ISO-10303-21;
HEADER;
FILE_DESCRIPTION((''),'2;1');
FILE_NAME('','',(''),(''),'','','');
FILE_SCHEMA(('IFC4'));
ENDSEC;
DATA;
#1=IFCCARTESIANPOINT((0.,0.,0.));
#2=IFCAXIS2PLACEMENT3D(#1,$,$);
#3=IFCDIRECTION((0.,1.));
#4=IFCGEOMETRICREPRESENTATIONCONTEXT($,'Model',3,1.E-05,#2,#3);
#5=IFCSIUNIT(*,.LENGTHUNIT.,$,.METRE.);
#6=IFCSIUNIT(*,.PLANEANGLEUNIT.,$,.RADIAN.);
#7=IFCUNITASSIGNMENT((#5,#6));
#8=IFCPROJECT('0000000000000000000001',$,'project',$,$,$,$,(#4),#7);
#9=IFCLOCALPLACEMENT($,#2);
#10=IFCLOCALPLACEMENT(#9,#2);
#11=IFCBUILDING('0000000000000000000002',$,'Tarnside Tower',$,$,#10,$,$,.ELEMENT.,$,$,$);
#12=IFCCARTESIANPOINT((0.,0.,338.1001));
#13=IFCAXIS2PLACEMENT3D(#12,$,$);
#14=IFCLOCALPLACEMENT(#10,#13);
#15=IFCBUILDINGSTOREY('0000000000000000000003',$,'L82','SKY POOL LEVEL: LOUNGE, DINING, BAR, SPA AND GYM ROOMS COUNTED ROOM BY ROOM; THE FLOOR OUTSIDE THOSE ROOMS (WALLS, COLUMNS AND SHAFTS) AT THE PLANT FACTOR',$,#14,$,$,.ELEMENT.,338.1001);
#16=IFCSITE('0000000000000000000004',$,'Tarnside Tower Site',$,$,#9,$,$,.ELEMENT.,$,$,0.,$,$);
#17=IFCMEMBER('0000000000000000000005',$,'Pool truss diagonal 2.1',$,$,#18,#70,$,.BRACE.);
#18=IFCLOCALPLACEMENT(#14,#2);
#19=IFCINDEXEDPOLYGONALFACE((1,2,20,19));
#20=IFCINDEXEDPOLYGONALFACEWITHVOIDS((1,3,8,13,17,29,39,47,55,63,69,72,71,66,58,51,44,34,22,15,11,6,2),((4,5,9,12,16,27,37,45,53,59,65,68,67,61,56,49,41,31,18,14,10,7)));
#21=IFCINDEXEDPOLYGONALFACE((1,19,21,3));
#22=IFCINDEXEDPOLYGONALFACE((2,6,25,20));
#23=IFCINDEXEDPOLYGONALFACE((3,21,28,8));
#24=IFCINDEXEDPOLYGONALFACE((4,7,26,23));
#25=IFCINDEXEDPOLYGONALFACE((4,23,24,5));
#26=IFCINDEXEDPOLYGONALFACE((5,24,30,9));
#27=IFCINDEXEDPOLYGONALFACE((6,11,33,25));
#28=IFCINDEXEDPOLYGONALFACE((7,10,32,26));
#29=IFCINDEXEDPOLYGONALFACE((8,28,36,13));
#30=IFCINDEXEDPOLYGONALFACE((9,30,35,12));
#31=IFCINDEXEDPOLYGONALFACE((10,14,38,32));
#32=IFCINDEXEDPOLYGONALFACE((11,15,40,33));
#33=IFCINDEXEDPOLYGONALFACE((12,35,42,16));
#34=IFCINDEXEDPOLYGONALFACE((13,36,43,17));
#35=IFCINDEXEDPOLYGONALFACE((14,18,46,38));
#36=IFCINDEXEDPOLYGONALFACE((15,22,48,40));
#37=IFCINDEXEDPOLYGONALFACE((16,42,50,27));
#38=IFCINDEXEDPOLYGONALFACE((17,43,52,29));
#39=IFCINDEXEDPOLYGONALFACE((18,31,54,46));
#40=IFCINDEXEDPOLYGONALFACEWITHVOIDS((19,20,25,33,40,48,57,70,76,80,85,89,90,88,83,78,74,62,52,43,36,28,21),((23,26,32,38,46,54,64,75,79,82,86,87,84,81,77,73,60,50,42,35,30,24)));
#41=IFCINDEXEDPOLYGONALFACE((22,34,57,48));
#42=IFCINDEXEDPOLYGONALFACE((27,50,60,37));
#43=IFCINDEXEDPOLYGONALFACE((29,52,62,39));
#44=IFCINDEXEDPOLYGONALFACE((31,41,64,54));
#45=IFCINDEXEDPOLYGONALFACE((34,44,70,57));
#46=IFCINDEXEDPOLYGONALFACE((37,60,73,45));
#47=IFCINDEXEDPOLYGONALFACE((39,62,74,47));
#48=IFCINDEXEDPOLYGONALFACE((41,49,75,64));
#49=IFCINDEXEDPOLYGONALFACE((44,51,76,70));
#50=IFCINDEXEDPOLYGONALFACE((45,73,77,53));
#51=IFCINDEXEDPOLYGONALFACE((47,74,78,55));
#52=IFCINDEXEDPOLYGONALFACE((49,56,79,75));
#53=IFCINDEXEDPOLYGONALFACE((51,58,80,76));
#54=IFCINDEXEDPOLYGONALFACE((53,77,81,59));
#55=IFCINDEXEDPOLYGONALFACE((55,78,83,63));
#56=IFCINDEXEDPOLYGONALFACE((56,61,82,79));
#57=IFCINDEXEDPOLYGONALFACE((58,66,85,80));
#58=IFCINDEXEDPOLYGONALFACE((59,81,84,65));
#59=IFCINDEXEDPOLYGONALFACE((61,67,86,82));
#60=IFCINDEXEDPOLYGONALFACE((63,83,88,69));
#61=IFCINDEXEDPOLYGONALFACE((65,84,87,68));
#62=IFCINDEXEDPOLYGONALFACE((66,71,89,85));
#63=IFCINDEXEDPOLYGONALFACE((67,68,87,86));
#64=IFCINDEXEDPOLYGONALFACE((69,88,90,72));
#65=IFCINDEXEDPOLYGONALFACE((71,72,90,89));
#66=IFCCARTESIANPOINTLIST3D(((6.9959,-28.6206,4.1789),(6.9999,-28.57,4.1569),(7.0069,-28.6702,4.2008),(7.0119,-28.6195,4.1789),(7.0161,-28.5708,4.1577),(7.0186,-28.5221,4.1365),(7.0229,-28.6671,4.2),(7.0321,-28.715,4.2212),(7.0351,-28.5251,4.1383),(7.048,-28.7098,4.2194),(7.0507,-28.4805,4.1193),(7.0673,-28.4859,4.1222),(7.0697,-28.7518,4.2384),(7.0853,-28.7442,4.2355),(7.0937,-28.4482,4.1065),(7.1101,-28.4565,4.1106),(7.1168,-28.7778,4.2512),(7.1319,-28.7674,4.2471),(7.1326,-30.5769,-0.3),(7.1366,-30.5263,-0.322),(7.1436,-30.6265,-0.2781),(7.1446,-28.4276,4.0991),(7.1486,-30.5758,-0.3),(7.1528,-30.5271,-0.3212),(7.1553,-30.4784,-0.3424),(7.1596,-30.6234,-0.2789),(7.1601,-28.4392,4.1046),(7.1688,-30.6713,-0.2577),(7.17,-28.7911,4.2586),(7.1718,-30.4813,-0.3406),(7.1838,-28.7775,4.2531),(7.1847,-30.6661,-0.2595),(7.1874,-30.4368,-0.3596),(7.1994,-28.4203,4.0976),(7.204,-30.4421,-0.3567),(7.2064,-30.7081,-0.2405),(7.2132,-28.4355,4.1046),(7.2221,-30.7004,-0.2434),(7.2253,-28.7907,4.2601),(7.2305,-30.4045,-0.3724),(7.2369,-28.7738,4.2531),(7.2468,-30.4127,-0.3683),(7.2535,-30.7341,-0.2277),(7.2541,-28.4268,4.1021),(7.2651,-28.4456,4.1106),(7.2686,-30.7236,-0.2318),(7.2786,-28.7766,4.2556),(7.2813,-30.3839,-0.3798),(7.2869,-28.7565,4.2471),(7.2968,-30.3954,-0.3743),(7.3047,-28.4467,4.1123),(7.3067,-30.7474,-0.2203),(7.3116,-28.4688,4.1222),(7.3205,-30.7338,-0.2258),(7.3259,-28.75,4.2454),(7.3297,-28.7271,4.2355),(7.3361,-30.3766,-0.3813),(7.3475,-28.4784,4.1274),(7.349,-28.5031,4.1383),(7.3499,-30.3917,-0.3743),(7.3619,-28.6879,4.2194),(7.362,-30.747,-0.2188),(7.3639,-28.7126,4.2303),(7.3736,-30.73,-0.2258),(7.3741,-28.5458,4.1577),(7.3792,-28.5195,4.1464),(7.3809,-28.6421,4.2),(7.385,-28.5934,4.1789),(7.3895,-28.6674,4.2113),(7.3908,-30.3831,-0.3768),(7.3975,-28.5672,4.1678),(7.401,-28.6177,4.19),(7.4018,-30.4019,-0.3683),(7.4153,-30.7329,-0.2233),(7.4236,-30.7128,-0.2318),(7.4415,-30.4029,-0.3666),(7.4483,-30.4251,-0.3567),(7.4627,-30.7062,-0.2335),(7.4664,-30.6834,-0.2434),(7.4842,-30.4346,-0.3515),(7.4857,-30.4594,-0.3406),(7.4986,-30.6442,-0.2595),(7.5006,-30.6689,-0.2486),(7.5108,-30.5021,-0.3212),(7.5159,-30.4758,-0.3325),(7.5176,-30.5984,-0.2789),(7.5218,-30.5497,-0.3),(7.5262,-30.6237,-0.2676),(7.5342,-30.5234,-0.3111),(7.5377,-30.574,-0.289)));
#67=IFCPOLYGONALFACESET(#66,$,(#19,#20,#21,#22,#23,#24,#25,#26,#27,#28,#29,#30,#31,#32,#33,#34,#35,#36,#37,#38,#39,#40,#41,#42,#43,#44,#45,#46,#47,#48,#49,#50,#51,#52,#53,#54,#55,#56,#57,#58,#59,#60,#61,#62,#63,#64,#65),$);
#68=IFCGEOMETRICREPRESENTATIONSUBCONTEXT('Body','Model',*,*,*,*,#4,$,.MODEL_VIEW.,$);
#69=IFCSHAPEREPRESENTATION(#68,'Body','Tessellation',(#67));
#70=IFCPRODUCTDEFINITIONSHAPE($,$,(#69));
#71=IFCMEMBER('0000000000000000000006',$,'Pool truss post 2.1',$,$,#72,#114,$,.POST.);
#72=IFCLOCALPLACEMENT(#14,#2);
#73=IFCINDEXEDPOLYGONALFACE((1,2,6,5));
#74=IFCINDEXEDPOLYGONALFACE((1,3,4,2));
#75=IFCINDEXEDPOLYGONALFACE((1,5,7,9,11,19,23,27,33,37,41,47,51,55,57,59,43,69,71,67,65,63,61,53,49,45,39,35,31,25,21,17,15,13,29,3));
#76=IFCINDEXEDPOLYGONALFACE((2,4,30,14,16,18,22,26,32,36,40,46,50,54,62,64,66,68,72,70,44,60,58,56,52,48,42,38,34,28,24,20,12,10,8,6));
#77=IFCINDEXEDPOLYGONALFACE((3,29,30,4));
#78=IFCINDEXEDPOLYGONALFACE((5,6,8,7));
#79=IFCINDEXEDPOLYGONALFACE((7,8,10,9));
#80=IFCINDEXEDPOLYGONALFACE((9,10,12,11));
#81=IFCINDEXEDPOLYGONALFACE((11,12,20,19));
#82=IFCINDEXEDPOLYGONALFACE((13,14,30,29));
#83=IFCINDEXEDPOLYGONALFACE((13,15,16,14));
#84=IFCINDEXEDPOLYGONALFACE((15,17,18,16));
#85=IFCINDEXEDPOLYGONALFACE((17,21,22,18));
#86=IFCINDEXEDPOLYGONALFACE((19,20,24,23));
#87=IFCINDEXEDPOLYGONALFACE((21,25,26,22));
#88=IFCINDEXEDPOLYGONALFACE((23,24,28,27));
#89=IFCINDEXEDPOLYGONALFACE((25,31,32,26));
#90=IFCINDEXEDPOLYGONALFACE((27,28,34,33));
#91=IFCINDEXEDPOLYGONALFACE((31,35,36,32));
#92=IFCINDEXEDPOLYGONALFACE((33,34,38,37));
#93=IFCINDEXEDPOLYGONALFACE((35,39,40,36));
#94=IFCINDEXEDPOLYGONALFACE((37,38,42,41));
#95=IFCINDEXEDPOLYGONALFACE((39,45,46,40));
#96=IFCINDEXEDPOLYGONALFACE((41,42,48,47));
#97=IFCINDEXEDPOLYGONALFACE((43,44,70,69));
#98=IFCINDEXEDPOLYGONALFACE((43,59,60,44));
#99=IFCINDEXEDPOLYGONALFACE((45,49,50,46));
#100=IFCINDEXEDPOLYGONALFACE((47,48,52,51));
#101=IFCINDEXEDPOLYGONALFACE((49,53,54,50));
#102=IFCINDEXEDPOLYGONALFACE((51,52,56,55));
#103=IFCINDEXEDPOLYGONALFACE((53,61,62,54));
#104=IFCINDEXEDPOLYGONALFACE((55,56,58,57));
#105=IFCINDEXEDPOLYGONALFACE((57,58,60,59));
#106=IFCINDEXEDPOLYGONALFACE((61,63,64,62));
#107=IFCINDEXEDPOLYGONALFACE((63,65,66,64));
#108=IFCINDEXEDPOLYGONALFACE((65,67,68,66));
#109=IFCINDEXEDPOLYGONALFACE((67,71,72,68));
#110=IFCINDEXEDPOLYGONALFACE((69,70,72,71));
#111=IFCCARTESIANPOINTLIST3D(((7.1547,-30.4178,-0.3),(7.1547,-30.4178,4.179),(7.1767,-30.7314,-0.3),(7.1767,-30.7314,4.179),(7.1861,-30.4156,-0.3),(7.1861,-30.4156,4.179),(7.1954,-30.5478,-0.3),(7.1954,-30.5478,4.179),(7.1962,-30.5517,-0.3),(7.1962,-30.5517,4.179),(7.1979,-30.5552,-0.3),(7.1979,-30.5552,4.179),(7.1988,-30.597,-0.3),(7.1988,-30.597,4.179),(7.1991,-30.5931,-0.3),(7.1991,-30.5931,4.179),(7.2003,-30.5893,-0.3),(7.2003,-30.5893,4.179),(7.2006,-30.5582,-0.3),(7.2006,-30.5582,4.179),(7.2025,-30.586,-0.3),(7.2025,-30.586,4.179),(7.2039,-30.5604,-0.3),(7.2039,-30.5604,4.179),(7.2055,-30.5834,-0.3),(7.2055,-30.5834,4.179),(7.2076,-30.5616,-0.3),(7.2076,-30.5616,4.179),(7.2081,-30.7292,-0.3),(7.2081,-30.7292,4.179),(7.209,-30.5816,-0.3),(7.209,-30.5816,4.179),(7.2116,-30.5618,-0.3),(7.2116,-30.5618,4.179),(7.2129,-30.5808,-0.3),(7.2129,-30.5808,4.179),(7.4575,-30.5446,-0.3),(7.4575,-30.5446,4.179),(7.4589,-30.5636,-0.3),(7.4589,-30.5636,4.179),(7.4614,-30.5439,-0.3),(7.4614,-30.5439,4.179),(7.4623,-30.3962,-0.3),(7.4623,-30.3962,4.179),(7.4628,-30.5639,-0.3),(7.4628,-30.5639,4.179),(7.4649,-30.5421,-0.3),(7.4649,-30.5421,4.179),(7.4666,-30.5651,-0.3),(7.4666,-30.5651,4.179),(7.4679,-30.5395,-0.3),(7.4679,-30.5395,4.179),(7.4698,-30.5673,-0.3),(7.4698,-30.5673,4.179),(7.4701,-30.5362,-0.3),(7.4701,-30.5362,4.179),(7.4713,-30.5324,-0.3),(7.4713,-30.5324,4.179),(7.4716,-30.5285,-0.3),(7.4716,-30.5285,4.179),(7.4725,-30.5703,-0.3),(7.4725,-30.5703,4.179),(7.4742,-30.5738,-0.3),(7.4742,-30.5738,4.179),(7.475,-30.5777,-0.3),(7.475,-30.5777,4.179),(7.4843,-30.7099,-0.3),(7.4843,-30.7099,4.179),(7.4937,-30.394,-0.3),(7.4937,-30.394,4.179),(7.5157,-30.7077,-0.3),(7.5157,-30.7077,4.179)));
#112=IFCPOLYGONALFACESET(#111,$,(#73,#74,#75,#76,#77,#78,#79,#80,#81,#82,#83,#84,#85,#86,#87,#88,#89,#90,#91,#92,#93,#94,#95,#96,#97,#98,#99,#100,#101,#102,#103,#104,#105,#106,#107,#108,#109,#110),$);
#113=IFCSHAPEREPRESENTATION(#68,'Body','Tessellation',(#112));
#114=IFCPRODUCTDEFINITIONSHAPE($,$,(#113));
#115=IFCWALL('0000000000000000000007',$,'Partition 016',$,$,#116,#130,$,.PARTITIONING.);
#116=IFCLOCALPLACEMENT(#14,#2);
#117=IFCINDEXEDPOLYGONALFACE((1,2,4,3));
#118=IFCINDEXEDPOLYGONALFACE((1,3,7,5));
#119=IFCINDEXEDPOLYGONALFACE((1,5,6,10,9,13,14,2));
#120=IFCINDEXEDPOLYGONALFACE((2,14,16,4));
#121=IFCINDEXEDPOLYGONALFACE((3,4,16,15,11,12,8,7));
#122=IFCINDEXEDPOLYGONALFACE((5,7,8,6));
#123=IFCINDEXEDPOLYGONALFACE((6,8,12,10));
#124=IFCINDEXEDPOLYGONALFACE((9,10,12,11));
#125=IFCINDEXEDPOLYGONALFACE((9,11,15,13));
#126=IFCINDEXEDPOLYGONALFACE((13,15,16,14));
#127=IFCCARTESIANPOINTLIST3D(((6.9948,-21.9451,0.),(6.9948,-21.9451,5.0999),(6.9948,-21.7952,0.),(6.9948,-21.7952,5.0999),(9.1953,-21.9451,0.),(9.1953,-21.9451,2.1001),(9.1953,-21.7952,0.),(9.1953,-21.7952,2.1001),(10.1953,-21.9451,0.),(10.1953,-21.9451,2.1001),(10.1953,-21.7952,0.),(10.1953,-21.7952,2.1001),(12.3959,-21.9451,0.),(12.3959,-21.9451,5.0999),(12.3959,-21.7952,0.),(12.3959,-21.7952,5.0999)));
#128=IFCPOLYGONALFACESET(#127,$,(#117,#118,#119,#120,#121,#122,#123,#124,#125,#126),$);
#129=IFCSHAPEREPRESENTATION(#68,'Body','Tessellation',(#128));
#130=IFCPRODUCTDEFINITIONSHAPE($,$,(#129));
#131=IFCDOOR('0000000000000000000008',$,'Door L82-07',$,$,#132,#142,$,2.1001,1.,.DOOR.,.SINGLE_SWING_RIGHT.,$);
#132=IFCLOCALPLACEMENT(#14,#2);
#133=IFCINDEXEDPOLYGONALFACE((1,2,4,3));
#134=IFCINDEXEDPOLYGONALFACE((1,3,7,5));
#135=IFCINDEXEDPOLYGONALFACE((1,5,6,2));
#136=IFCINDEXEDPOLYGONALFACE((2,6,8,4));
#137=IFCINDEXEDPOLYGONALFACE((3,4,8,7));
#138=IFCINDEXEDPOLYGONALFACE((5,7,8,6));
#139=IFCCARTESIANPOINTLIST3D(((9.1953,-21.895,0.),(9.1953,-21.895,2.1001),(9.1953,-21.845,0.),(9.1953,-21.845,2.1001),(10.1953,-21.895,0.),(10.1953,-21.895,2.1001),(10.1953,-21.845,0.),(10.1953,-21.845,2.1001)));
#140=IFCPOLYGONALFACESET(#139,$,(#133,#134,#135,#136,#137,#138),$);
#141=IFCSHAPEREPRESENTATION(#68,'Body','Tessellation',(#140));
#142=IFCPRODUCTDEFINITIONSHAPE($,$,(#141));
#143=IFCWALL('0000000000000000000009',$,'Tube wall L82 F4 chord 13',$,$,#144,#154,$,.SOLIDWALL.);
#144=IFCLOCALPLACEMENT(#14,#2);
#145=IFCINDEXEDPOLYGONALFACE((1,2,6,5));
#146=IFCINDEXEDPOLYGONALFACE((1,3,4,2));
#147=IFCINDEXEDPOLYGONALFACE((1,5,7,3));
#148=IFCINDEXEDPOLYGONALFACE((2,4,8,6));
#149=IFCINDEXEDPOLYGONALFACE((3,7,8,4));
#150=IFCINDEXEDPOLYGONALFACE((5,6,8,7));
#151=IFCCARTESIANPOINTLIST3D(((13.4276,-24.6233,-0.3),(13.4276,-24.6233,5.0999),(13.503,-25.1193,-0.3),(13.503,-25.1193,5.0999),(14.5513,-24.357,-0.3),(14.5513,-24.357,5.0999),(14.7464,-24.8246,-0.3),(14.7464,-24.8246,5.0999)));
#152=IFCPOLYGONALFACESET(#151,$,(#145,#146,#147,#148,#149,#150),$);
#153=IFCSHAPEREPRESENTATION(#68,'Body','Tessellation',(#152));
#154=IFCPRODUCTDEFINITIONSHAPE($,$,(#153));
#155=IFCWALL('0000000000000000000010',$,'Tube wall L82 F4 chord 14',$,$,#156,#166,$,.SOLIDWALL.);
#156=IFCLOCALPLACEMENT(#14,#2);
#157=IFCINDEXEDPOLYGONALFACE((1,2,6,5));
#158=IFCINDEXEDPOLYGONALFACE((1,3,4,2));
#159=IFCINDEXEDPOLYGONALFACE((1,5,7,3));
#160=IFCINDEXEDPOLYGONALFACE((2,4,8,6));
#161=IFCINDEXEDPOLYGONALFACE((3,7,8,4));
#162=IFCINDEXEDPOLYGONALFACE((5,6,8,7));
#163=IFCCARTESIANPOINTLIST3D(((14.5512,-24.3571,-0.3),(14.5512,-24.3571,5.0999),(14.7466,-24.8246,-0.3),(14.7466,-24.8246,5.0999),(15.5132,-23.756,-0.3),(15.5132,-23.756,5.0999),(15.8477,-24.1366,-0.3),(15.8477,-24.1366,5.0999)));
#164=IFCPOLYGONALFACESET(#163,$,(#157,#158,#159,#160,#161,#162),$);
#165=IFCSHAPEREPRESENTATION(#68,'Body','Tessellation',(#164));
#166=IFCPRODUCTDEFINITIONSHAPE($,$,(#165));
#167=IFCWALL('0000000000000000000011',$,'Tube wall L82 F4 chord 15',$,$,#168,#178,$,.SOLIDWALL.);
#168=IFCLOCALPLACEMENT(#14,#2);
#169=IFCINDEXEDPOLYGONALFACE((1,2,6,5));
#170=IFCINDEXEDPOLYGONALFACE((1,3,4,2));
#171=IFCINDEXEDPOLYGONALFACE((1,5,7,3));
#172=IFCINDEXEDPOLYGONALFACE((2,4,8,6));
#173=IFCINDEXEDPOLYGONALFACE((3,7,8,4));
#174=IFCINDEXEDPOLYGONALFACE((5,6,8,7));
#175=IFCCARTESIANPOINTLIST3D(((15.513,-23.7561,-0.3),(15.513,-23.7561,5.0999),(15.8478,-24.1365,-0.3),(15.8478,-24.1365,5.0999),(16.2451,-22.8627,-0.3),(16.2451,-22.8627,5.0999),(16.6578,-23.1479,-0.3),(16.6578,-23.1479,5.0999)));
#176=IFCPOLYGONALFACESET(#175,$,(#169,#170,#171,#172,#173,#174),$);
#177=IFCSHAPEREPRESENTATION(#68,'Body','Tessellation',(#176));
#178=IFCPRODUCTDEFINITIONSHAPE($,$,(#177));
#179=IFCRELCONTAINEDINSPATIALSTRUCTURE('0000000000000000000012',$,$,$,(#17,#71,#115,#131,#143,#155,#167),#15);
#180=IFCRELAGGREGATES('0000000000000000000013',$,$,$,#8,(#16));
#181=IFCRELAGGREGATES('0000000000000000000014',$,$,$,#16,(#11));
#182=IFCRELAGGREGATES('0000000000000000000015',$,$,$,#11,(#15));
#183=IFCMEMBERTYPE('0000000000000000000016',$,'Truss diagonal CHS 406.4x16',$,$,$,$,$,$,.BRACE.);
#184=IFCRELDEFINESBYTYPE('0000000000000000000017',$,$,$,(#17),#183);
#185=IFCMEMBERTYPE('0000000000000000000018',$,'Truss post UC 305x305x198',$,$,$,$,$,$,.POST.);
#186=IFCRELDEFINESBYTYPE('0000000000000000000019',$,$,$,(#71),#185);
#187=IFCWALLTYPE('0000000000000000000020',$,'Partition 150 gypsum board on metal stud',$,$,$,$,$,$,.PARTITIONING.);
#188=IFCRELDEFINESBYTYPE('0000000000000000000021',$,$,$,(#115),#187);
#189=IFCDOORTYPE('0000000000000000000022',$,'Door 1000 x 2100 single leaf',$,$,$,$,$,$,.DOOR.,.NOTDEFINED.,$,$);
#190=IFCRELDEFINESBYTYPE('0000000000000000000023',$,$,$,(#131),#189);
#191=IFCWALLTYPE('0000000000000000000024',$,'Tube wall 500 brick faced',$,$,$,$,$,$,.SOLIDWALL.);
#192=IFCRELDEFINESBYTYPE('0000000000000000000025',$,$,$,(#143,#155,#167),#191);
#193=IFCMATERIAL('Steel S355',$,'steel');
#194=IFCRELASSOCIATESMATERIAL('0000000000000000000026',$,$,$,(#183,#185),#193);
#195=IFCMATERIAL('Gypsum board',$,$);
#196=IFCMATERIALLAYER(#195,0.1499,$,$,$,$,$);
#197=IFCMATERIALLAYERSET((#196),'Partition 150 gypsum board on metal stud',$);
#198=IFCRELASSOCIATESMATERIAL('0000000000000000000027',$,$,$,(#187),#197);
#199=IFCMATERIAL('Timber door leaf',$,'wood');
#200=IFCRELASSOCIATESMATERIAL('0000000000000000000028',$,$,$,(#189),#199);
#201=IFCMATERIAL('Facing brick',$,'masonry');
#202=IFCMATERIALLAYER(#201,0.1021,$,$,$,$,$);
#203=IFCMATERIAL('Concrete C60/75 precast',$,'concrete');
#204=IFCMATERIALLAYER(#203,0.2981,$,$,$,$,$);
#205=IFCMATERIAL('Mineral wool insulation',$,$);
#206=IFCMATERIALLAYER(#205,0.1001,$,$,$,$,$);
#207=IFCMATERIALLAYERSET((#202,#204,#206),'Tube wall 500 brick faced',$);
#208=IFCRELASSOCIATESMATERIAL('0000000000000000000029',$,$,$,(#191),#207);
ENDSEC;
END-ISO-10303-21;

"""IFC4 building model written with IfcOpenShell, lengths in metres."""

from ifc_helpers import new_model, si_unit, direction, frame, frame_2d, origin, origin_2d, place, context, subcontext, project, spatial, polyline, rectangle, hollow_circle, i_section, outline, extrude, material, layer, layer_set, material_profile, profile_set, type_object, element, fill, save


model = new_model("IFC4")

# Units and contexts
model_context = context("Model", 3, precision=1e-05, world=origin(), true_north=direction((0.0, 1.0)))
body_context = subcontext(model_context, "Body", "Model", "MODEL_VIEW")
ifc_project = project(units=[si_unit("LENGTHUNIT", "METRE"), si_unit("PLANEANGLEUNIT", "RADIAN")], contexts=[model_context])

# Site, building, storey
site_placement = place(None, origin())
site = spatial("IfcSite", under=ifc_project, at=site_placement, Name="Tarnside Tower Site", CompositionType="ELEMENT", RefElevation=0.0)
building_placement = place(site_placement, origin())
building = spatial("IfcBuilding", under=site, at=building_placement, Name="Tarnside Tower", CompositionType="ELEMENT")
storey_placement = place(building_placement, frame((0.0, 0.0, 338.1001)))
storey = spatial("IfcBuildingStorey", under=building, at=storey_placement, Name="L82", Description="SKY POOL LEVEL: LOUNGE, DINING, BAR, SPA AND GYM ROOMS COUNTED ROOM BY ROOM; THE FLOOR OUTSIDE THOSE ROOMS (WALLS, COLUMNS AND SHAFTS) AT THE PLANT FACTOR", CompositionType="ELEMENT", Elevation=338.1001)

# Shared definitions
ifc_material_1 = material(Name="Steel S355", Category="steel")

# Members
ifc_material_profile_1 = material_profile(ifc_material_1, hollow_circle(Radius=0.2031, WallThickness=0.0161, at=origin_2d()), Name="CHS 406.4x16")
ifc_profile_set_1 = profile_set([ifc_material_profile_1], Name="Steel S355")
member_type_1 = type_object("IfcMemberType", Name="Truss diagonal CHS 406.4x16", PredefinedType="BRACE", material=ifc_profile_set_1)
member_1_placement = place(storey_placement, frame((7.3352, -30.5627, -0.3), z_axis=(-0.027962, 0.400101, 0.916044), x_axis=(-0.997567, -0.069716, 0.0)))
element("IfcMember", 1, at=member_1_placement, inside=storey, type_object=member_type_1, Name="Pool truss diagonal 2.1", PredefinedType="BRACE", context=body_context, shape_type="SweptSolid", body=[
    extrude(hollow_circle(Radius=0.2031, WallThickness=0.0161, at=origin_2d()), origin(), (0.0, 0.0, 1.0), 4.8894),
])
ifc_material_profile_2 = material_profile(ifc_material_1, i_section(OverallWidth=0.3145, OverallDepth=0.3398, WebThickness=0.019, FlangeThickness=0.0315, FilletRadius=0.0151, at=origin_2d()), Name="UC 305x305x198")
ifc_profile_set_2 = profile_set([ifc_material_profile_2], Name="Steel S355")
member_type_2 = type_object("IfcMemberType", Name="Truss post UC 305x305x198", PredefinedType="POST", material=ifc_profile_set_2)
member_2_placement = place(storey_placement, frame((7.3352, -30.5627, -0.3), z_axis=(0.0, 0.0, 1.0), x_axis=(-0.069756, 0.997564, 0.0)))
element("IfcMember", 2, at=member_2_placement, inside=storey, type_object=member_type_2, Name="Pool truss post 2.1", PredefinedType="POST", context=body_context, shape_type="SweptSolid", body=[
    extrude(i_section(OverallWidth=0.3145, OverallDepth=0.3398, WebThickness=0.019, FlangeThickness=0.0315, FilletRadius=0.0151, at=origin_2d()), origin(), (0.0, 0.0, 1.0), 4.479),
])

# Wall, opening, door
ifc_material_2 = material(Name="Gypsum board")
ifc_layer_1 = layer(ifc_material_2, 0.1499)
ifc_layer_set_1 = layer_set([ifc_layer_1], Name="Partition 150 gypsum board on metal stud")
wall_type_1 = type_object("IfcWallType", Name="Partition 150 gypsum board on metal stud", PredefinedType="PARTITIONING", material=ifc_layer_set_1)
wall_1_placement = place(storey_placement, frame((12.396, -21.8701, 0.0), z_axis=(0.0, 0.0, 1.0), x_axis=(-1.0, 0.0, 0.0)))
wall_1 = element("IfcWall", 3, at=wall_1_placement, inside=storey, type_object=wall_type_1, Name="Partition 016", PredefinedType="PARTITIONING", context=body_context, shape_type="SweptSolid", body=[
    extrude(rectangle(XDim=5.4011, YDim=0.1499, at=frame_2d((2.7007, 0.0))), origin(), (0.0, 0.0, 1.0), 5.0999),
])
opening_1_placement = place(wall_1_placement, frame((2.2007, 0.0, 0.0)))
opening_1 = element("IfcOpeningElement", 4, at=opening_1_placement, cuts=wall_1, PredefinedType="OPENING", context=body_context, shape_type="SweptSolid", body=[
    extrude(rectangle(XDim=1.0, YDim=2.1001, at=frame_2d((0.5, 1.05))), frame((0.0, 0.085, 0.0), z_axis=(0.0, -1.0, 0.0), x_axis=(1.0, 0.0, 0.0)), (0.0, 0.0, 1.0), 0.1699),
])
ifc_material_3 = material(Name="Timber door leaf", Category="wood")
door_type = type_object("IfcDoorType", Name="Door 1000 x 2100 single leaf", OperationType="NOTDEFINED", PredefinedType="DOOR", material=ifc_material_3)
door_placement = place(opening_1_placement, origin())
door = element("IfcDoor", 5, at=door_placement, inside=storey, type_object=door_type, Name="Door L82-07", OperationType="SINGLE_SWING_RIGHT", OverallHeight=2.1001, OverallWidth=1.0, PredefinedType="DOOR", context=body_context, shape_type="SweptSolid", body=[
    extrude(rectangle(XDim=1.0, YDim=2.1001, at=frame_2d((0.5, 1.05))), frame((0.0, 0.0249, 0.0), z_axis=(0.0, -1.0, 0.0), x_axis=(1.0, 0.0, 0.0)), (0.0, 0.0, 1.0), 0.05),
])
fill(opening_1, door)

# Walls
ifc_material_4 = material(Name="Facing brick", Category="masonry")
ifc_layer_2 = layer(ifc_material_4, 0.1021)
ifc_material_5 = material(Name="Concrete C60/75 precast", Category="concrete")
ifc_layer_3 = layer(ifc_material_5, 0.2981)
ifc_material_6 = material(Name="Mineral wool insulation")
ifc_layer_4 = layer(ifc_material_6, 0.1001)
ifc_layer_set_2 = layer_set([ifc_layer_2, ifc_layer_3, ifc_layer_4], Name="Tube wall 500 brick faced")
wall_type_2 = type_object("IfcWallType", Name="Tube wall 500 brick faced", PredefinedType="SOLIDWALL", material=ifc_layer_set_2)
wall_2_placement = place(storey_placement, frame((13.4653, -24.8713, -0.3), z_axis=(0.0, 0.0, 1.0), x_axis=(0.973045, 0.230616, 0.0)))
element("IfcWall", 6, at=wall_2_placement, inside=storey, type_object=wall_type_2, Name="Tube wall L82 F4 chord 13", PredefinedType="SOLIDWALL", context=body_context, shape_type="SweptSolid", body=[
    extrude(outline(polyline([(-0.0205, -0.25), (1.2573, -0.25), (1.1753, 0.25), (0.0205, 0.25), (-0.0205, -0.25)])), origin(), (0.0, 0.0, 1.0), 5.3999),
])
wall_3_placement = place(storey_placement, frame((14.6489, -24.5908, -0.3), z_axis=(0.0, 0.0, 1.0), x_axis=(0.848055, 0.529909, 0.0)))
element("IfcWall", 7, at=wall_3_placement, inside=storey, type_object=wall_type_2, Name="Tube wall L82 F4 chord 14", PredefinedType="SOLIDWALL", context=body_context, shape_type="SweptSolid", body=[
    extrude(outline(polyline([(-0.041, -0.25), (1.2573, -0.25), (1.1753, 0.25), (0.041, 0.25), (-0.041, -0.25)])), origin(), (0.0, 0.0, 1.0), 5.3999),
])
wall_4_placement = place(storey_placement, frame((15.6804, -23.9463, -0.3), z_axis=(0.0, 0.0, 1.0), x_axis=(0.633806, 0.773492, 0.0)))
element("IfcWall", 8, at=wall_4_placement, inside=storey, type_object=wall_type_2, Name="Tube wall L82 F4 chord 15", PredefinedType="SOLIDWALL", context=body_context, shape_type="SweptSolid", body=[
    extrude(outline(polyline([(-0.041, -0.25), (1.2371, -0.25), (1.196, 0.25), (0.041, 0.25), (-0.041, -0.25)])), origin(), (0.0, 0.0, 1.0), 5.3999),
])

save(model, "model.ifc")
